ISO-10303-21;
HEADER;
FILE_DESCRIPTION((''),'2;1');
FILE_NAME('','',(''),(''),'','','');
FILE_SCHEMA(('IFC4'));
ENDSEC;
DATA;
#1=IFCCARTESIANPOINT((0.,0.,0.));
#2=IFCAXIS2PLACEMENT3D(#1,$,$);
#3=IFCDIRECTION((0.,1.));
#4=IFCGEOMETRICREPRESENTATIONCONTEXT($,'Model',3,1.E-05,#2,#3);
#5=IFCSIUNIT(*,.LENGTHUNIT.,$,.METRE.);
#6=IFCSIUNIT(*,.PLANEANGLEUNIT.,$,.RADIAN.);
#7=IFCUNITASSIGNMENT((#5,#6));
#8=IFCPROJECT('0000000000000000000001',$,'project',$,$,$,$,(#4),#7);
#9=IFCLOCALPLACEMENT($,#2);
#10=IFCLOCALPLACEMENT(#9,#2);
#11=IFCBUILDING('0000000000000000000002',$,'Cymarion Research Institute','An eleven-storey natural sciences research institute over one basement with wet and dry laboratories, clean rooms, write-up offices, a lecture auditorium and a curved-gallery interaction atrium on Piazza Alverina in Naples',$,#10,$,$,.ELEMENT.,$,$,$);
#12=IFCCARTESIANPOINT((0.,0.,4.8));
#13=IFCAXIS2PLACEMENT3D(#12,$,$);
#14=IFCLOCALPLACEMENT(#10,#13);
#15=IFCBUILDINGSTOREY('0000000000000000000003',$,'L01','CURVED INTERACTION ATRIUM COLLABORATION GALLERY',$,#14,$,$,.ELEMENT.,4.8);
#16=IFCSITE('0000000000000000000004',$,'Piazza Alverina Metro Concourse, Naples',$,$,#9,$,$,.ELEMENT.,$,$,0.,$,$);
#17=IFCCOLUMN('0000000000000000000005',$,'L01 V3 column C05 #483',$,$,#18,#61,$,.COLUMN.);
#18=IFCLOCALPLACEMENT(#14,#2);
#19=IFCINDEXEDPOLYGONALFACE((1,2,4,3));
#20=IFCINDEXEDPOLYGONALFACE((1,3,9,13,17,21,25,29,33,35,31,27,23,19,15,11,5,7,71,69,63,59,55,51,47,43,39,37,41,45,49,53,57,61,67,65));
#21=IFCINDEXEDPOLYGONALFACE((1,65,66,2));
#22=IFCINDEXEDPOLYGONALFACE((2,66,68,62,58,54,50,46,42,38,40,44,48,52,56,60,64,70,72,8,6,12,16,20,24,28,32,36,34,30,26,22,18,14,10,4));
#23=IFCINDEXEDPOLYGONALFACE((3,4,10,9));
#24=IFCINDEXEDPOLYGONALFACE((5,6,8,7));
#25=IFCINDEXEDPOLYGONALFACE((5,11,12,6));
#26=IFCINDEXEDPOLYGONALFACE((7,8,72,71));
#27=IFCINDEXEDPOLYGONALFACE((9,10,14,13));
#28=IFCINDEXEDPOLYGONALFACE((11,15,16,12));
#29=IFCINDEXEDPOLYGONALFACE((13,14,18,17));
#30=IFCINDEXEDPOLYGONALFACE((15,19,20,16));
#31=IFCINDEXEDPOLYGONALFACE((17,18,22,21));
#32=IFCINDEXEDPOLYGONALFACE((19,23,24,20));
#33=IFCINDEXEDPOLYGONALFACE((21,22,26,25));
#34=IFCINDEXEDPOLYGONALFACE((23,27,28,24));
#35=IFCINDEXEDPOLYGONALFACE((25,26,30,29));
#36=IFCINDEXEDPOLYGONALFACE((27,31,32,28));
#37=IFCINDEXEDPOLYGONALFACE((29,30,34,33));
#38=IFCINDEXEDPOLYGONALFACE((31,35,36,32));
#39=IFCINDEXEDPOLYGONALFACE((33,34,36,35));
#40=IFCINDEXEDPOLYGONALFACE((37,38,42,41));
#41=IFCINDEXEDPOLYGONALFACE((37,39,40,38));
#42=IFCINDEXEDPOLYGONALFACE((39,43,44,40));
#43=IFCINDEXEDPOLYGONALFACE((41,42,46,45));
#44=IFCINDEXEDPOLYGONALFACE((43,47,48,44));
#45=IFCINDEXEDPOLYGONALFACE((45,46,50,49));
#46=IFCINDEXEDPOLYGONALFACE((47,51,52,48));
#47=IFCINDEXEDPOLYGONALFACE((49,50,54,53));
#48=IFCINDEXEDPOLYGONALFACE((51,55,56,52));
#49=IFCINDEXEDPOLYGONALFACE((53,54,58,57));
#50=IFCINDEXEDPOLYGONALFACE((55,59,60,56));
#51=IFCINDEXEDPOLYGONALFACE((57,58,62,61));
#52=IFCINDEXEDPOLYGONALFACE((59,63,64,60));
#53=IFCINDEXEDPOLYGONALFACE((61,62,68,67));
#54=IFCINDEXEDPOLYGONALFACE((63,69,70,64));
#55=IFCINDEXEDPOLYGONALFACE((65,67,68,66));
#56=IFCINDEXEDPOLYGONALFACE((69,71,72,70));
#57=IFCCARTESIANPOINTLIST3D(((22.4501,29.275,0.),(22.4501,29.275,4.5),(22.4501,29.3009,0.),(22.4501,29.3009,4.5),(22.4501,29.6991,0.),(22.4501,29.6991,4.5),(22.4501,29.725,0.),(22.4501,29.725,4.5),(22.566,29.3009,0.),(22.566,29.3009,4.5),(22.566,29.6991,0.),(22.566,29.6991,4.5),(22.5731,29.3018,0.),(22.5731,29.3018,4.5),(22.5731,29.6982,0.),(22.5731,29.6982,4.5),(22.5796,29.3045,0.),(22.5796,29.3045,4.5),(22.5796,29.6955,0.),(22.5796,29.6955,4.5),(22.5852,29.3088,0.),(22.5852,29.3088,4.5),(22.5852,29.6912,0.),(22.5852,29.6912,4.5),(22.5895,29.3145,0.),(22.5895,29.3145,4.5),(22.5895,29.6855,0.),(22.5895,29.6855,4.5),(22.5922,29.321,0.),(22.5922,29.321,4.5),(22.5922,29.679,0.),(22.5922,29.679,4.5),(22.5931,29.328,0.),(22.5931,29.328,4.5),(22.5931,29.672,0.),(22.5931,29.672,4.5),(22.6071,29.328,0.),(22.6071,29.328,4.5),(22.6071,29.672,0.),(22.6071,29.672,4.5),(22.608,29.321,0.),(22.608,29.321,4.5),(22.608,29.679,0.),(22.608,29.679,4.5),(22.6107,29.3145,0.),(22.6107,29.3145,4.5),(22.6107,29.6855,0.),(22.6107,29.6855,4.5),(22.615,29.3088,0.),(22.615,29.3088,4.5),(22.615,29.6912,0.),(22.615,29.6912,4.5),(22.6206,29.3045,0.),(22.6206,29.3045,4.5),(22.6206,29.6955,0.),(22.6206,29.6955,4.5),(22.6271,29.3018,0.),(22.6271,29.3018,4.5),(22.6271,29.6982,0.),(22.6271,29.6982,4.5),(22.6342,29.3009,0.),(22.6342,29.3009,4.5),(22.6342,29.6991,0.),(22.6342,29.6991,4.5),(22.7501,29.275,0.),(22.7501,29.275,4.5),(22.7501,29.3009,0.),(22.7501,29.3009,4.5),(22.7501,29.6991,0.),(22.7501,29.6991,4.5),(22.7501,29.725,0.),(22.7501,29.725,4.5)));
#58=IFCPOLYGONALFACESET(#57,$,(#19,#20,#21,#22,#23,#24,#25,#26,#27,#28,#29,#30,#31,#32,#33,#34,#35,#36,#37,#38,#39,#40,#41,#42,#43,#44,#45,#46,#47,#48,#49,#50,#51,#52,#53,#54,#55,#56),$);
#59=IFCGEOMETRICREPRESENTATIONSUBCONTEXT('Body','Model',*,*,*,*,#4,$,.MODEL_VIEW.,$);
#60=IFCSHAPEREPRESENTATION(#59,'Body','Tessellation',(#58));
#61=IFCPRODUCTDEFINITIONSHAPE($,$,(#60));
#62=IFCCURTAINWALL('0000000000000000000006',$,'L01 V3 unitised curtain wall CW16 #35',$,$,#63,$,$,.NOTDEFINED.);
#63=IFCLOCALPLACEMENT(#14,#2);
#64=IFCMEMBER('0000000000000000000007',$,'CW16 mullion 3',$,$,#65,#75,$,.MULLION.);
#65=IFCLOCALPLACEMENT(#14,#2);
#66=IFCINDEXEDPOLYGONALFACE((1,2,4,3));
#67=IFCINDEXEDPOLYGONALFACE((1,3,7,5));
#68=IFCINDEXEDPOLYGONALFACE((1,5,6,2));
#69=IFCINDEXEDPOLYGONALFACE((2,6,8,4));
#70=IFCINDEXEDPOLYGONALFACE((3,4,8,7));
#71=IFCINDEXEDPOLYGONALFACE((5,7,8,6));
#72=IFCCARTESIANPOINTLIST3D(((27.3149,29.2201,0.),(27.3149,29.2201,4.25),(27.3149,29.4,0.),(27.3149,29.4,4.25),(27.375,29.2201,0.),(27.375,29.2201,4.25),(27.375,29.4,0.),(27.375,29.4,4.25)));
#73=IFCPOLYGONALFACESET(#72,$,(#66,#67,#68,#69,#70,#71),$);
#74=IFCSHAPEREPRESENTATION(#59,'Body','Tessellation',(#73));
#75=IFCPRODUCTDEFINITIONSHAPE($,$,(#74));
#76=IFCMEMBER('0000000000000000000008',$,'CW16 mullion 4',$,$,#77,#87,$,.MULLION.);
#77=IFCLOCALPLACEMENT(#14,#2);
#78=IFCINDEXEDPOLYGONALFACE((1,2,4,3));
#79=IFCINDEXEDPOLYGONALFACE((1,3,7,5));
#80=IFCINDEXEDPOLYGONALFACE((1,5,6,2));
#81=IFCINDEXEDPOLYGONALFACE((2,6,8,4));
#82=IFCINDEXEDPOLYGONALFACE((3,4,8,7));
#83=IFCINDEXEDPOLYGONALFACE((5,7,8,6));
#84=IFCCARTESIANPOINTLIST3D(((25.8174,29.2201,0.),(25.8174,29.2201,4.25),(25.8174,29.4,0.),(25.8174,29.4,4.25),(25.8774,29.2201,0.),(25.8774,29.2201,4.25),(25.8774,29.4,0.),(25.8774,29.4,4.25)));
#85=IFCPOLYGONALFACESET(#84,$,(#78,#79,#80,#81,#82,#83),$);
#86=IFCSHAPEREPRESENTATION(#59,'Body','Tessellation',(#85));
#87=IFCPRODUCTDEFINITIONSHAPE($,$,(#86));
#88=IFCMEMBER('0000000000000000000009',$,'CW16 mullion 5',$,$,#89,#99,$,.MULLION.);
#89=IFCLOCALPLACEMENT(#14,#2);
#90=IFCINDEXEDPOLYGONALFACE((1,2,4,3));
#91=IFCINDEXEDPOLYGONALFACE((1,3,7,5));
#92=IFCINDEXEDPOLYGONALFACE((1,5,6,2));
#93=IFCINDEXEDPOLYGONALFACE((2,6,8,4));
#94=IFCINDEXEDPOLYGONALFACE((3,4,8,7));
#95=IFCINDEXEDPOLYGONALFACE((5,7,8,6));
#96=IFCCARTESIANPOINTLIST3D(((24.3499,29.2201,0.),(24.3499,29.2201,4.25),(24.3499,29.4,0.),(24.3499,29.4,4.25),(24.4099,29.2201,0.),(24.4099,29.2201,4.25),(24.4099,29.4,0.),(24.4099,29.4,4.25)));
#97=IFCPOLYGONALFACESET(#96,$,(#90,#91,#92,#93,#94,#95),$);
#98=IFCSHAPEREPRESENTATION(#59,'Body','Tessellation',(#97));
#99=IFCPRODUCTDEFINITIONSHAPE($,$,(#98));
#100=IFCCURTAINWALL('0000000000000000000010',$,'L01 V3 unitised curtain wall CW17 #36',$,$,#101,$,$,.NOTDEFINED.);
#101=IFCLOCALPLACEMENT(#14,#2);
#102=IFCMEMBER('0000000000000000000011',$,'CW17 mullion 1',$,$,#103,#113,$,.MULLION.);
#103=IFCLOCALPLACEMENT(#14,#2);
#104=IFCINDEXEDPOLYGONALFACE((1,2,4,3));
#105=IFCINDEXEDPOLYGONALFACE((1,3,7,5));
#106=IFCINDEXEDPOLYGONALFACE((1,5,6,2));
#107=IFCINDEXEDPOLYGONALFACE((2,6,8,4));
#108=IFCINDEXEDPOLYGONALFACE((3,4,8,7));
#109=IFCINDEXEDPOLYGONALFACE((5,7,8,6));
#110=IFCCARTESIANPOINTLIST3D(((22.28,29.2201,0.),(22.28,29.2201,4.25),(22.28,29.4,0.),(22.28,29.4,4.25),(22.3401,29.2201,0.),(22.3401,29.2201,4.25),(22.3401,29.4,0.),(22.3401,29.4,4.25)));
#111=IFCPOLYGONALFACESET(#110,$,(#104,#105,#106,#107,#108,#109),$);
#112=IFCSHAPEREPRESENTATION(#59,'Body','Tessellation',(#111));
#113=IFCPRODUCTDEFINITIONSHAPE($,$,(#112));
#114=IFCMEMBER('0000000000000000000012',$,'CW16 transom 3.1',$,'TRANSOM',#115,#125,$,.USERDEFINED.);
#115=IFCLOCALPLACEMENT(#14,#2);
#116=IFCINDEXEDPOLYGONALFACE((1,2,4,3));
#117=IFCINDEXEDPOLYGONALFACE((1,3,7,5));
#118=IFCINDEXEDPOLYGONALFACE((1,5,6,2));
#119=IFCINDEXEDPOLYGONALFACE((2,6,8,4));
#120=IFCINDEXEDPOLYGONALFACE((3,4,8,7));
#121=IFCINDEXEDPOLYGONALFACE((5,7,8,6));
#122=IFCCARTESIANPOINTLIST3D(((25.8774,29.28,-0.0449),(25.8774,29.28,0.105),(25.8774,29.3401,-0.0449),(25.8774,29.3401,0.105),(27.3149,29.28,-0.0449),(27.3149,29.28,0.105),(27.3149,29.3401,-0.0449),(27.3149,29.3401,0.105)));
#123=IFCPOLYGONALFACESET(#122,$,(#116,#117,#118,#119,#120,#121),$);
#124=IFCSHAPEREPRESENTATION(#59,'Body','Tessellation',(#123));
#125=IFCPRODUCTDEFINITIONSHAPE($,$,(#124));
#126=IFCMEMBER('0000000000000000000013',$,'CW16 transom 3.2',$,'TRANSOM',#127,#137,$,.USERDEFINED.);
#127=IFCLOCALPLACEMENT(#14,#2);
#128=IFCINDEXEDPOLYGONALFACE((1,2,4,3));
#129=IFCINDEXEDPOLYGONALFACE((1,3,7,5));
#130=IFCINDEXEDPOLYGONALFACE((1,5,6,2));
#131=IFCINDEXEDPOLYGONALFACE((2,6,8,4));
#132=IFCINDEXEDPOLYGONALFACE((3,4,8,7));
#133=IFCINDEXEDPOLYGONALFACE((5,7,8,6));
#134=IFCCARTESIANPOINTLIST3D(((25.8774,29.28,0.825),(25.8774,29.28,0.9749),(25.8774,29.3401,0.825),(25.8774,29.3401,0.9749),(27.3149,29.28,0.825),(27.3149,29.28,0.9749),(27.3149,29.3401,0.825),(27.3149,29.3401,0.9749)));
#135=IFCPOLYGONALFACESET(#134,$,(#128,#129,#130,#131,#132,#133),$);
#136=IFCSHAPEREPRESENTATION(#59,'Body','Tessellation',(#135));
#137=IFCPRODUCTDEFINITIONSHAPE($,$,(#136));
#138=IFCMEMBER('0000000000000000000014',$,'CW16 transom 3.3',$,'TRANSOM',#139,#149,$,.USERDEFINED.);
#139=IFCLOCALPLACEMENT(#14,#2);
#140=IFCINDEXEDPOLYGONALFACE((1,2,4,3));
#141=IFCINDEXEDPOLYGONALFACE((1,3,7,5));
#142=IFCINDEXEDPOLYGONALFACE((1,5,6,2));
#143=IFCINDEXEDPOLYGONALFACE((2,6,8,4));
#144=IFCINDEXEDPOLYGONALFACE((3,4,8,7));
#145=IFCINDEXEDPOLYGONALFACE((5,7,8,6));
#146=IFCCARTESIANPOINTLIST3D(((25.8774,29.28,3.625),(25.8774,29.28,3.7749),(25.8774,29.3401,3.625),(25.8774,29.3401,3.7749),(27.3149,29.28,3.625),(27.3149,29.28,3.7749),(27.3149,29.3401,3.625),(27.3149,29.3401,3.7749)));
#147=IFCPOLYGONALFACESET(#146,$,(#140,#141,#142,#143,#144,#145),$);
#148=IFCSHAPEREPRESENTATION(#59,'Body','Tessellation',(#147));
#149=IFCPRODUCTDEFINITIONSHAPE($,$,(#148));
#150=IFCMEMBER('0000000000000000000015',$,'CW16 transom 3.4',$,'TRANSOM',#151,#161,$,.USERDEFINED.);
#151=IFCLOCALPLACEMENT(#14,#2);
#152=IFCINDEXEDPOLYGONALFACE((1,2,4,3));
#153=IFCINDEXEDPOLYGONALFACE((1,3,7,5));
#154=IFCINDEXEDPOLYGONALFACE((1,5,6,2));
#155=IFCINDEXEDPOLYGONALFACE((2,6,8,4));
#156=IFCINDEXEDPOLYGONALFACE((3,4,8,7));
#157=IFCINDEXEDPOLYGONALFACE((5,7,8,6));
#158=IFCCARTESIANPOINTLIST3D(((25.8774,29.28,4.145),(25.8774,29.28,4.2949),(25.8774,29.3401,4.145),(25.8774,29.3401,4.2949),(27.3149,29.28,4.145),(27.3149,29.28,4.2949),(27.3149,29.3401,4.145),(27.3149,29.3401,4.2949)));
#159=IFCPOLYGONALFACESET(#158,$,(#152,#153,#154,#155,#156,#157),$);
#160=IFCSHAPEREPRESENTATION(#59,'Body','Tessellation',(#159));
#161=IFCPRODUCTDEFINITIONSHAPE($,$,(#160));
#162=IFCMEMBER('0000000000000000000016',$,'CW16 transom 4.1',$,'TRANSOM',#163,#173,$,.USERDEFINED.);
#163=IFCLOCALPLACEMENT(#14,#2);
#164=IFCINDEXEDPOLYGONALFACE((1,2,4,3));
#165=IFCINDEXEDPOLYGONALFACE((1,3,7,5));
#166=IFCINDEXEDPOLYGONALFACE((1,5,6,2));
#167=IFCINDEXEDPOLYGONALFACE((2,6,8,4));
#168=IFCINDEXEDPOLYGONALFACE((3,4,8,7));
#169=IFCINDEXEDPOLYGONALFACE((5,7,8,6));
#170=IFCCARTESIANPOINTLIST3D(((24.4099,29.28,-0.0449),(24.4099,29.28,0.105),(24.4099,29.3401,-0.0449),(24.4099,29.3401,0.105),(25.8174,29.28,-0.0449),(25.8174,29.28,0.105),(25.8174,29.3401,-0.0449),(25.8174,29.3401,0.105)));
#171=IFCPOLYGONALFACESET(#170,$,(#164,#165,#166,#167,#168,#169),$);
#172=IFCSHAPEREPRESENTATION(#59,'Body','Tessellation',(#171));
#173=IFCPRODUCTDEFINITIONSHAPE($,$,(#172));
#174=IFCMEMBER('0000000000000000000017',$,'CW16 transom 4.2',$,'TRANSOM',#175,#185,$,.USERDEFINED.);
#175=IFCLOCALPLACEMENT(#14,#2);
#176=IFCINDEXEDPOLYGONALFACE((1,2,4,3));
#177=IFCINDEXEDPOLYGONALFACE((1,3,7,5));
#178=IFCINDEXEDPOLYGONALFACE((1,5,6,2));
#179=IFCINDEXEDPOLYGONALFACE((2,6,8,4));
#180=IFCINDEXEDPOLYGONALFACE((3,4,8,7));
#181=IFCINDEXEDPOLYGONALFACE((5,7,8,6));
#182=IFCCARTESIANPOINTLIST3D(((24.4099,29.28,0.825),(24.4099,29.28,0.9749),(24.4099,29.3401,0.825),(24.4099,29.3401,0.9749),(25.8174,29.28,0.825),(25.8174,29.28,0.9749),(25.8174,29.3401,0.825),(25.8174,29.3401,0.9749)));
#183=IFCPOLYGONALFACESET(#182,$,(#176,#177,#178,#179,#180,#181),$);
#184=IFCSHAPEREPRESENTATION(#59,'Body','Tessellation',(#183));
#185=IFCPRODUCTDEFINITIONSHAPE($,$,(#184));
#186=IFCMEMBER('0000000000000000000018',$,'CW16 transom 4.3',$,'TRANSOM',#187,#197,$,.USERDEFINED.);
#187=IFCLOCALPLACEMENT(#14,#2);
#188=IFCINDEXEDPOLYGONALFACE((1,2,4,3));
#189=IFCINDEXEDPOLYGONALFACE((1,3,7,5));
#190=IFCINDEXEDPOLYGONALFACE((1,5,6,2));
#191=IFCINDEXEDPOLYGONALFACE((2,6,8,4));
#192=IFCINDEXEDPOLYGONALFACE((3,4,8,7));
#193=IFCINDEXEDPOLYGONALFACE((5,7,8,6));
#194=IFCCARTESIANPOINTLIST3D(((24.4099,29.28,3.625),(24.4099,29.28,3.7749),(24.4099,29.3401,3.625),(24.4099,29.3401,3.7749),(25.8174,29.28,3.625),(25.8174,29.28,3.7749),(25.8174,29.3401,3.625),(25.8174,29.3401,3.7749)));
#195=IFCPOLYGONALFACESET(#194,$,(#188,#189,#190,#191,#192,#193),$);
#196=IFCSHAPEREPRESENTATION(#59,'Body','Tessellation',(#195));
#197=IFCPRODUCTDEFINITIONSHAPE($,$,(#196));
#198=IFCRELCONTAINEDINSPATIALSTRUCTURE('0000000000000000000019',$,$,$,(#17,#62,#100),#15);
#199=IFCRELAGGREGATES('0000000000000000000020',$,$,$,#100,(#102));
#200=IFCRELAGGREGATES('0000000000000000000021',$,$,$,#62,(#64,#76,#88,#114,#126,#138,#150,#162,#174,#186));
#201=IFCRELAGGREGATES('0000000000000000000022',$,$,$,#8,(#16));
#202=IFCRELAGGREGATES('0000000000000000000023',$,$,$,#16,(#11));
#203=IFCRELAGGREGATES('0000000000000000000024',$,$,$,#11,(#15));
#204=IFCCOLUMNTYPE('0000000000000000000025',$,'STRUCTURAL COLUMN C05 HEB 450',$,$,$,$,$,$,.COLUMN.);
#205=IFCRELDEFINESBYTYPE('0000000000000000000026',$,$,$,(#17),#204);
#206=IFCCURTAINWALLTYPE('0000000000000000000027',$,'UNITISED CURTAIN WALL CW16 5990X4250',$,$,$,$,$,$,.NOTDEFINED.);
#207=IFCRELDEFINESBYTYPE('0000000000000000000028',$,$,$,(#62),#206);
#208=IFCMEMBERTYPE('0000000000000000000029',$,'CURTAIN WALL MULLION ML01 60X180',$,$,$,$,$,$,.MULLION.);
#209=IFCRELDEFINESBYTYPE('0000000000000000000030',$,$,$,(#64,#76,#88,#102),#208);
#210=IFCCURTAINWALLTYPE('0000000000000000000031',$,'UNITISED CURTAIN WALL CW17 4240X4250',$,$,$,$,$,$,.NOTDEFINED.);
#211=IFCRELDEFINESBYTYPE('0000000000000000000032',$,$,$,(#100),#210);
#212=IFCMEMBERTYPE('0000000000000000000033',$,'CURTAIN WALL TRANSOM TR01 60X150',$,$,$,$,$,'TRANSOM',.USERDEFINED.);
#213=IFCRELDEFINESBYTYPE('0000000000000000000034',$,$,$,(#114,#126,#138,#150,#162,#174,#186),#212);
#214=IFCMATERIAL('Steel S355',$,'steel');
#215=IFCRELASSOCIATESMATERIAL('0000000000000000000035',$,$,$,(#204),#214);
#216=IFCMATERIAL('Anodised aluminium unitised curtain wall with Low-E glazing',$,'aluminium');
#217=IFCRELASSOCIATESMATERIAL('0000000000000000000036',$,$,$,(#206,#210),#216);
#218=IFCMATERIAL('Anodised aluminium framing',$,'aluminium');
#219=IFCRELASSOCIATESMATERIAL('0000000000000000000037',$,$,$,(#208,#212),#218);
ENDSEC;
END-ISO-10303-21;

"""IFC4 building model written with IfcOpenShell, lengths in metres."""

from ifc_helpers import new_model, si_unit, direction, frame, origin, origin_2d, place, context, subcontext, project, spatial, rectangle, i_section, extrude, material, material_profile, profile_set, type_object, element, aggregate, save


model = new_model("IFC4")

# Units and contexts
model_context = context("Model", 3, precision=1e-05, world=origin(), true_north=direction((0.0, 1.0)))
body_context = subcontext(model_context, "Body", "Model", "MODEL_VIEW")
ifc_project = project(units=[si_unit("LENGTHUNIT", "METRE"), si_unit("PLANEANGLEUNIT", "RADIAN")], contexts=[model_context])

# Site, building, storey
site_placement = place(None, origin())
site = spatial("IfcSite", under=ifc_project, at=site_placement, Name="Piazza Alverina Metro Concourse, Naples", CompositionType="ELEMENT", RefElevation=0.0)
building_placement = place(site_placement, origin())
building = spatial("IfcBuilding", under=site, at=building_placement, Name="Cymarion Research Institute", Description="An eleven-storey natural sciences research institute over one basement with wet and dry laboratories, clean rooms, write-up offices, a lecture auditorium and a curved-gallery interaction atrium on Piazza Alverina in Naples", CompositionType="ELEMENT")
storey_placement = place(building_placement, frame((0.0, 0.0, 4.8)))
storey = spatial("IfcBuildingStorey", under=building, at=storey_placement, Name="L01", Description="CURVED INTERACTION ATRIUM COLLABORATION GALLERY", CompositionType="ELEMENT", Elevation=4.8)

# Column
ifc_material_1 = material(Name="Steel S355", Category="steel")
ifc_material_profile_1 = material_profile(ifc_material_1, i_section(OverallWidth=0.3, OverallDepth=0.45, WebThickness=0.0139, FlangeThickness=0.0259, FilletRadius=0.0271, at=origin_2d()), Name="HEB 450")
ifc_profile_set_1 = profile_set([ifc_material_profile_1], Name="Steel S355")
column_type = type_object("IfcColumnType", Name="STRUCTURAL COLUMN C05 HEB 450", PredefinedType="COLUMN", material=ifc_profile_set_1)
column_placement = place(storey_placement, frame((22.6001, 29.5, 0.0), z_axis=(0.0, 0.0, 1.0), x_axis=(1.0, 0.0, 0.0)))
element("IfcColumn", 1, at=column_placement, inside=storey, type_object=column_type, Name="L01 V3 column C05 #483", PredefinedType="COLUMN", context=body_context, shape_type="SweptSolid", body=[
    extrude(i_section(OverallWidth=0.3, OverallDepth=0.45, WebThickness=0.0139, FlangeThickness=0.0259, FilletRadius=0.0271, at=origin_2d()), origin(), (0.0, 0.0, 1.0), 4.5),
])

# Curtain wall, members
ifc_material_2 = material(Name="Anodised aluminium unitised curtain wall with Low-E glazing", Category="aluminium")
curtain_wall_type_1 = type_object("IfcCurtainWallType", Name="UNITISED CURTAIN WALL CW16 5990X4250", PredefinedType="NOTDEFINED", material=ifc_material_2)
curtain_wall_1_placement = place(storey_placement, origin())
curtain_wall_1 = element("IfcCurtainWall", 2, at=curtain_wall_1_placement, inside=storey, type_object=curtain_wall_type_1, Name="L01 V3 unitised curtain wall CW16 #35", PredefinedType="NOTDEFINED")
ifc_material_3 = material(Name="Anodised aluminium framing", Category="aluminium")
ifc_material_profile_2 = material_profile(ifc_material_3, rectangle(XDim=0.0601, YDim=0.1799, at=origin_2d()), Name="ALU MULLION 60x180")
ifc_profile_set_2 = profile_set([ifc_material_profile_2], Name="Anodised aluminium framing")
member_type_1 = type_object("IfcMemberType", Name="CURTAIN WALL MULLION ML01 60X180", PredefinedType="MULLION", material=ifc_profile_set_2)
member_1_placement = place(storey_placement, frame((27.345, 29.3101, 0.0), z_axis=(0.0, 0.0, 1.0), x_axis=(-1.0, 0.0, 0.0)))
member_1 = element("IfcMember", 3, at=member_1_placement, type_object=member_type_1, Name="CW16 mullion 3", PredefinedType="MULLION", context=body_context, shape_type="SweptSolid", body=[
    extrude(rectangle(XDim=0.0601, YDim=0.1799, at=origin_2d()), origin(), (0.0, 0.0, 1.0), 4.25),
])
member_2_placement = place(storey_placement, frame((25.8474, 29.3101, 0.0), z_axis=(0.0, 0.0, 1.0), x_axis=(-1.0, 0.0, 0.0)))
member_2 = element("IfcMember", 4, at=member_2_placement, type_object=member_type_1, Name="CW16 mullion 4", PredefinedType="MULLION", context=body_context, shape_type="SweptSolid", body=[
    extrude(rectangle(XDim=0.0601, YDim=0.1799, at=origin_2d()), origin(), (0.0, 0.0, 1.0), 4.25),
])
member_3_placement = place(storey_placement, frame((24.3799, 29.3101, 0.0), z_axis=(0.0, 0.0, 1.0), x_axis=(-1.0, 0.0, 0.0)))
member_3 = element("IfcMember", 5, at=member_3_placement, type_object=member_type_1, Name="CW16 mullion 5", PredefinedType="MULLION", context=body_context, shape_type="SweptSolid", body=[
    extrude(rectangle(XDim=0.0601, YDim=0.1799, at=origin_2d()), origin(), (0.0, 0.0, 1.0), 4.25),
])

# Curtain wall, member
curtain_wall_type_2 = type_object("IfcCurtainWallType", Name="UNITISED CURTAIN WALL CW17 4240X4250", PredefinedType="NOTDEFINED", material=ifc_material_2)
curtain_wall_2_placement = place(storey_placement, origin())
curtain_wall_2 = element("IfcCurtainWall", 6, at=curtain_wall_2_placement, inside=storey, type_object=curtain_wall_type_2, Name="L01 V3 unitised curtain wall CW17 #36", PredefinedType="NOTDEFINED")
member_4_placement = place(storey_placement, frame((22.3101, 29.3101, 0.0), z_axis=(0.0, 0.0, 1.0), x_axis=(-1.0, 0.0, 0.0)))
member_4 = element("IfcMember", 7, at=member_4_placement, type_object=member_type_1, Name="CW17 mullion 1", PredefinedType="MULLION", context=body_context, shape_type="SweptSolid", body=[
    extrude(rectangle(XDim=0.0601, YDim=0.1799, at=origin_2d()), origin(), (0.0, 0.0, 1.0), 4.25),
])

# Members
ifc_material_profile_3 = material_profile(ifc_material_3, rectangle(XDim=0.0601, YDim=0.1499, at=origin_2d()), Name="ALU TRANSOM 60x150")
ifc_profile_set_3 = profile_set([ifc_material_profile_3], Name="Anodised aluminium framing")
member_type_2 = type_object("IfcMemberType", Name="CURTAIN WALL TRANSOM TR01 60X150", ElementType="TRANSOM", PredefinedType="USERDEFINED", material=ifc_profile_set_3)
member_5_placement = place(storey_placement, frame((27.3149, 29.3101, 0.03), z_axis=(-1.0, 0.0, 0.0), x_axis=(0.0, -1.0, 0.0)))
member_5 = element("IfcMember", 8, at=member_5_placement, type_object=member_type_2, Name="CW16 transom 3.1", ObjectType="TRANSOM", PredefinedType="USERDEFINED", context=body_context, shape_type="SweptSolid", body=[
    extrude(rectangle(XDim=0.0601, YDim=0.1499, at=origin_2d()), origin(), (0.0, 0.0, 1.0), 1.4375),
])
member_6_placement = place(storey_placement, frame((27.3149, 29.3101, 0.8999), z_axis=(-1.0, 0.0, 0.0), x_axis=(0.0, -1.0, 0.0)))
member_6 = element("IfcMember", 9, at=member_6_placement, type_object=member_type_2, Name="CW16 transom 3.2", ObjectType="TRANSOM", PredefinedType="USERDEFINED", context=body_context, shape_type="SweptSolid", body=[
    extrude(rectangle(XDim=0.0601, YDim=0.1499, at=origin_2d()), origin(), (0.0, 0.0, 1.0), 1.4375),
])
member_7_placement = place(storey_placement, frame((27.3149, 29.3101, 3.7), z_axis=(-1.0, 0.0, 0.0), x_axis=(0.0, -1.0, 0.0)))
member_7 = element("IfcMember", 10, at=member_7_placement, type_object=member_type_2, Name="CW16 transom 3.3", ObjectType="TRANSOM", PredefinedType="USERDEFINED", context=body_context, shape_type="SweptSolid", body=[
    extrude(rectangle(XDim=0.0601, YDim=0.1499, at=origin_2d()), origin(), (0.0, 0.0, 1.0), 1.4375),
])
member_8_placement = place(storey_placement, frame((27.3149, 29.3101, 4.22), z_axis=(-1.0, 0.0, 0.0), x_axis=(0.0, -1.0, 0.0)))
member_8 = element("IfcMember", 11, at=member_8_placement, type_object=member_type_2, Name="CW16 transom 3.4", ObjectType="TRANSOM", PredefinedType="USERDEFINED", context=body_context, shape_type="SweptSolid", body=[
    extrude(rectangle(XDim=0.0601, YDim=0.1499, at=origin_2d()), origin(), (0.0, 0.0, 1.0), 1.4375),
])
member_9_placement = place(storey_placement, frame((25.8174, 29.3101, 0.03), z_axis=(-1.0, 0.0, 0.0), x_axis=(0.0, -1.0, 0.0)))
member_9 = element("IfcMember", 12, at=member_9_placement, type_object=member_type_2, Name="CW16 transom 4.1", ObjectType="TRANSOM", PredefinedType="USERDEFINED", context=body_context, shape_type="SweptSolid", body=[
    extrude(rectangle(XDim=0.0601, YDim=0.1499, at=origin_2d()), origin(), (0.0, 0.0, 1.0), 1.4075),
])
member_10_placement = place(storey_placement, frame((25.8174, 29.3101, 0.8999), z_axis=(-1.0, 0.0, 0.0), x_axis=(0.0, -1.0, 0.0)))
member_10 = element("IfcMember", 13, at=member_10_placement, type_object=member_type_2, Name="CW16 transom 4.2", ObjectType="TRANSOM", PredefinedType="USERDEFINED", context=body_context, shape_type="SweptSolid", body=[
    extrude(rectangle(XDim=0.0601, YDim=0.1499, at=origin_2d()), origin(), (0.0, 0.0, 1.0), 1.4075),
])
member_11_placement = place(storey_placement, frame((25.8174, 29.3101, 3.7), z_axis=(-1.0, 0.0, 0.0), x_axis=(0.0, -1.0, 0.0)))
member_11 = element("IfcMember", 14, at=member_11_placement, type_object=member_type_2, Name="CW16 transom 4.3", ObjectType="TRANSOM", PredefinedType="USERDEFINED", context=body_context, shape_type="SweptSolid", body=[
    extrude(rectangle(XDim=0.0601, YDim=0.1499, at=origin_2d()), origin(), (0.0, 0.0, 1.0), 1.4075),
])
aggregate(curtain_wall_2, [member_4])

aggregate(curtain_wall_1, [member_1, member_2, member_3, member_5, member_6, member_7, member_8, member_9, member_10, member_11])

save(model, "model.ifc")
